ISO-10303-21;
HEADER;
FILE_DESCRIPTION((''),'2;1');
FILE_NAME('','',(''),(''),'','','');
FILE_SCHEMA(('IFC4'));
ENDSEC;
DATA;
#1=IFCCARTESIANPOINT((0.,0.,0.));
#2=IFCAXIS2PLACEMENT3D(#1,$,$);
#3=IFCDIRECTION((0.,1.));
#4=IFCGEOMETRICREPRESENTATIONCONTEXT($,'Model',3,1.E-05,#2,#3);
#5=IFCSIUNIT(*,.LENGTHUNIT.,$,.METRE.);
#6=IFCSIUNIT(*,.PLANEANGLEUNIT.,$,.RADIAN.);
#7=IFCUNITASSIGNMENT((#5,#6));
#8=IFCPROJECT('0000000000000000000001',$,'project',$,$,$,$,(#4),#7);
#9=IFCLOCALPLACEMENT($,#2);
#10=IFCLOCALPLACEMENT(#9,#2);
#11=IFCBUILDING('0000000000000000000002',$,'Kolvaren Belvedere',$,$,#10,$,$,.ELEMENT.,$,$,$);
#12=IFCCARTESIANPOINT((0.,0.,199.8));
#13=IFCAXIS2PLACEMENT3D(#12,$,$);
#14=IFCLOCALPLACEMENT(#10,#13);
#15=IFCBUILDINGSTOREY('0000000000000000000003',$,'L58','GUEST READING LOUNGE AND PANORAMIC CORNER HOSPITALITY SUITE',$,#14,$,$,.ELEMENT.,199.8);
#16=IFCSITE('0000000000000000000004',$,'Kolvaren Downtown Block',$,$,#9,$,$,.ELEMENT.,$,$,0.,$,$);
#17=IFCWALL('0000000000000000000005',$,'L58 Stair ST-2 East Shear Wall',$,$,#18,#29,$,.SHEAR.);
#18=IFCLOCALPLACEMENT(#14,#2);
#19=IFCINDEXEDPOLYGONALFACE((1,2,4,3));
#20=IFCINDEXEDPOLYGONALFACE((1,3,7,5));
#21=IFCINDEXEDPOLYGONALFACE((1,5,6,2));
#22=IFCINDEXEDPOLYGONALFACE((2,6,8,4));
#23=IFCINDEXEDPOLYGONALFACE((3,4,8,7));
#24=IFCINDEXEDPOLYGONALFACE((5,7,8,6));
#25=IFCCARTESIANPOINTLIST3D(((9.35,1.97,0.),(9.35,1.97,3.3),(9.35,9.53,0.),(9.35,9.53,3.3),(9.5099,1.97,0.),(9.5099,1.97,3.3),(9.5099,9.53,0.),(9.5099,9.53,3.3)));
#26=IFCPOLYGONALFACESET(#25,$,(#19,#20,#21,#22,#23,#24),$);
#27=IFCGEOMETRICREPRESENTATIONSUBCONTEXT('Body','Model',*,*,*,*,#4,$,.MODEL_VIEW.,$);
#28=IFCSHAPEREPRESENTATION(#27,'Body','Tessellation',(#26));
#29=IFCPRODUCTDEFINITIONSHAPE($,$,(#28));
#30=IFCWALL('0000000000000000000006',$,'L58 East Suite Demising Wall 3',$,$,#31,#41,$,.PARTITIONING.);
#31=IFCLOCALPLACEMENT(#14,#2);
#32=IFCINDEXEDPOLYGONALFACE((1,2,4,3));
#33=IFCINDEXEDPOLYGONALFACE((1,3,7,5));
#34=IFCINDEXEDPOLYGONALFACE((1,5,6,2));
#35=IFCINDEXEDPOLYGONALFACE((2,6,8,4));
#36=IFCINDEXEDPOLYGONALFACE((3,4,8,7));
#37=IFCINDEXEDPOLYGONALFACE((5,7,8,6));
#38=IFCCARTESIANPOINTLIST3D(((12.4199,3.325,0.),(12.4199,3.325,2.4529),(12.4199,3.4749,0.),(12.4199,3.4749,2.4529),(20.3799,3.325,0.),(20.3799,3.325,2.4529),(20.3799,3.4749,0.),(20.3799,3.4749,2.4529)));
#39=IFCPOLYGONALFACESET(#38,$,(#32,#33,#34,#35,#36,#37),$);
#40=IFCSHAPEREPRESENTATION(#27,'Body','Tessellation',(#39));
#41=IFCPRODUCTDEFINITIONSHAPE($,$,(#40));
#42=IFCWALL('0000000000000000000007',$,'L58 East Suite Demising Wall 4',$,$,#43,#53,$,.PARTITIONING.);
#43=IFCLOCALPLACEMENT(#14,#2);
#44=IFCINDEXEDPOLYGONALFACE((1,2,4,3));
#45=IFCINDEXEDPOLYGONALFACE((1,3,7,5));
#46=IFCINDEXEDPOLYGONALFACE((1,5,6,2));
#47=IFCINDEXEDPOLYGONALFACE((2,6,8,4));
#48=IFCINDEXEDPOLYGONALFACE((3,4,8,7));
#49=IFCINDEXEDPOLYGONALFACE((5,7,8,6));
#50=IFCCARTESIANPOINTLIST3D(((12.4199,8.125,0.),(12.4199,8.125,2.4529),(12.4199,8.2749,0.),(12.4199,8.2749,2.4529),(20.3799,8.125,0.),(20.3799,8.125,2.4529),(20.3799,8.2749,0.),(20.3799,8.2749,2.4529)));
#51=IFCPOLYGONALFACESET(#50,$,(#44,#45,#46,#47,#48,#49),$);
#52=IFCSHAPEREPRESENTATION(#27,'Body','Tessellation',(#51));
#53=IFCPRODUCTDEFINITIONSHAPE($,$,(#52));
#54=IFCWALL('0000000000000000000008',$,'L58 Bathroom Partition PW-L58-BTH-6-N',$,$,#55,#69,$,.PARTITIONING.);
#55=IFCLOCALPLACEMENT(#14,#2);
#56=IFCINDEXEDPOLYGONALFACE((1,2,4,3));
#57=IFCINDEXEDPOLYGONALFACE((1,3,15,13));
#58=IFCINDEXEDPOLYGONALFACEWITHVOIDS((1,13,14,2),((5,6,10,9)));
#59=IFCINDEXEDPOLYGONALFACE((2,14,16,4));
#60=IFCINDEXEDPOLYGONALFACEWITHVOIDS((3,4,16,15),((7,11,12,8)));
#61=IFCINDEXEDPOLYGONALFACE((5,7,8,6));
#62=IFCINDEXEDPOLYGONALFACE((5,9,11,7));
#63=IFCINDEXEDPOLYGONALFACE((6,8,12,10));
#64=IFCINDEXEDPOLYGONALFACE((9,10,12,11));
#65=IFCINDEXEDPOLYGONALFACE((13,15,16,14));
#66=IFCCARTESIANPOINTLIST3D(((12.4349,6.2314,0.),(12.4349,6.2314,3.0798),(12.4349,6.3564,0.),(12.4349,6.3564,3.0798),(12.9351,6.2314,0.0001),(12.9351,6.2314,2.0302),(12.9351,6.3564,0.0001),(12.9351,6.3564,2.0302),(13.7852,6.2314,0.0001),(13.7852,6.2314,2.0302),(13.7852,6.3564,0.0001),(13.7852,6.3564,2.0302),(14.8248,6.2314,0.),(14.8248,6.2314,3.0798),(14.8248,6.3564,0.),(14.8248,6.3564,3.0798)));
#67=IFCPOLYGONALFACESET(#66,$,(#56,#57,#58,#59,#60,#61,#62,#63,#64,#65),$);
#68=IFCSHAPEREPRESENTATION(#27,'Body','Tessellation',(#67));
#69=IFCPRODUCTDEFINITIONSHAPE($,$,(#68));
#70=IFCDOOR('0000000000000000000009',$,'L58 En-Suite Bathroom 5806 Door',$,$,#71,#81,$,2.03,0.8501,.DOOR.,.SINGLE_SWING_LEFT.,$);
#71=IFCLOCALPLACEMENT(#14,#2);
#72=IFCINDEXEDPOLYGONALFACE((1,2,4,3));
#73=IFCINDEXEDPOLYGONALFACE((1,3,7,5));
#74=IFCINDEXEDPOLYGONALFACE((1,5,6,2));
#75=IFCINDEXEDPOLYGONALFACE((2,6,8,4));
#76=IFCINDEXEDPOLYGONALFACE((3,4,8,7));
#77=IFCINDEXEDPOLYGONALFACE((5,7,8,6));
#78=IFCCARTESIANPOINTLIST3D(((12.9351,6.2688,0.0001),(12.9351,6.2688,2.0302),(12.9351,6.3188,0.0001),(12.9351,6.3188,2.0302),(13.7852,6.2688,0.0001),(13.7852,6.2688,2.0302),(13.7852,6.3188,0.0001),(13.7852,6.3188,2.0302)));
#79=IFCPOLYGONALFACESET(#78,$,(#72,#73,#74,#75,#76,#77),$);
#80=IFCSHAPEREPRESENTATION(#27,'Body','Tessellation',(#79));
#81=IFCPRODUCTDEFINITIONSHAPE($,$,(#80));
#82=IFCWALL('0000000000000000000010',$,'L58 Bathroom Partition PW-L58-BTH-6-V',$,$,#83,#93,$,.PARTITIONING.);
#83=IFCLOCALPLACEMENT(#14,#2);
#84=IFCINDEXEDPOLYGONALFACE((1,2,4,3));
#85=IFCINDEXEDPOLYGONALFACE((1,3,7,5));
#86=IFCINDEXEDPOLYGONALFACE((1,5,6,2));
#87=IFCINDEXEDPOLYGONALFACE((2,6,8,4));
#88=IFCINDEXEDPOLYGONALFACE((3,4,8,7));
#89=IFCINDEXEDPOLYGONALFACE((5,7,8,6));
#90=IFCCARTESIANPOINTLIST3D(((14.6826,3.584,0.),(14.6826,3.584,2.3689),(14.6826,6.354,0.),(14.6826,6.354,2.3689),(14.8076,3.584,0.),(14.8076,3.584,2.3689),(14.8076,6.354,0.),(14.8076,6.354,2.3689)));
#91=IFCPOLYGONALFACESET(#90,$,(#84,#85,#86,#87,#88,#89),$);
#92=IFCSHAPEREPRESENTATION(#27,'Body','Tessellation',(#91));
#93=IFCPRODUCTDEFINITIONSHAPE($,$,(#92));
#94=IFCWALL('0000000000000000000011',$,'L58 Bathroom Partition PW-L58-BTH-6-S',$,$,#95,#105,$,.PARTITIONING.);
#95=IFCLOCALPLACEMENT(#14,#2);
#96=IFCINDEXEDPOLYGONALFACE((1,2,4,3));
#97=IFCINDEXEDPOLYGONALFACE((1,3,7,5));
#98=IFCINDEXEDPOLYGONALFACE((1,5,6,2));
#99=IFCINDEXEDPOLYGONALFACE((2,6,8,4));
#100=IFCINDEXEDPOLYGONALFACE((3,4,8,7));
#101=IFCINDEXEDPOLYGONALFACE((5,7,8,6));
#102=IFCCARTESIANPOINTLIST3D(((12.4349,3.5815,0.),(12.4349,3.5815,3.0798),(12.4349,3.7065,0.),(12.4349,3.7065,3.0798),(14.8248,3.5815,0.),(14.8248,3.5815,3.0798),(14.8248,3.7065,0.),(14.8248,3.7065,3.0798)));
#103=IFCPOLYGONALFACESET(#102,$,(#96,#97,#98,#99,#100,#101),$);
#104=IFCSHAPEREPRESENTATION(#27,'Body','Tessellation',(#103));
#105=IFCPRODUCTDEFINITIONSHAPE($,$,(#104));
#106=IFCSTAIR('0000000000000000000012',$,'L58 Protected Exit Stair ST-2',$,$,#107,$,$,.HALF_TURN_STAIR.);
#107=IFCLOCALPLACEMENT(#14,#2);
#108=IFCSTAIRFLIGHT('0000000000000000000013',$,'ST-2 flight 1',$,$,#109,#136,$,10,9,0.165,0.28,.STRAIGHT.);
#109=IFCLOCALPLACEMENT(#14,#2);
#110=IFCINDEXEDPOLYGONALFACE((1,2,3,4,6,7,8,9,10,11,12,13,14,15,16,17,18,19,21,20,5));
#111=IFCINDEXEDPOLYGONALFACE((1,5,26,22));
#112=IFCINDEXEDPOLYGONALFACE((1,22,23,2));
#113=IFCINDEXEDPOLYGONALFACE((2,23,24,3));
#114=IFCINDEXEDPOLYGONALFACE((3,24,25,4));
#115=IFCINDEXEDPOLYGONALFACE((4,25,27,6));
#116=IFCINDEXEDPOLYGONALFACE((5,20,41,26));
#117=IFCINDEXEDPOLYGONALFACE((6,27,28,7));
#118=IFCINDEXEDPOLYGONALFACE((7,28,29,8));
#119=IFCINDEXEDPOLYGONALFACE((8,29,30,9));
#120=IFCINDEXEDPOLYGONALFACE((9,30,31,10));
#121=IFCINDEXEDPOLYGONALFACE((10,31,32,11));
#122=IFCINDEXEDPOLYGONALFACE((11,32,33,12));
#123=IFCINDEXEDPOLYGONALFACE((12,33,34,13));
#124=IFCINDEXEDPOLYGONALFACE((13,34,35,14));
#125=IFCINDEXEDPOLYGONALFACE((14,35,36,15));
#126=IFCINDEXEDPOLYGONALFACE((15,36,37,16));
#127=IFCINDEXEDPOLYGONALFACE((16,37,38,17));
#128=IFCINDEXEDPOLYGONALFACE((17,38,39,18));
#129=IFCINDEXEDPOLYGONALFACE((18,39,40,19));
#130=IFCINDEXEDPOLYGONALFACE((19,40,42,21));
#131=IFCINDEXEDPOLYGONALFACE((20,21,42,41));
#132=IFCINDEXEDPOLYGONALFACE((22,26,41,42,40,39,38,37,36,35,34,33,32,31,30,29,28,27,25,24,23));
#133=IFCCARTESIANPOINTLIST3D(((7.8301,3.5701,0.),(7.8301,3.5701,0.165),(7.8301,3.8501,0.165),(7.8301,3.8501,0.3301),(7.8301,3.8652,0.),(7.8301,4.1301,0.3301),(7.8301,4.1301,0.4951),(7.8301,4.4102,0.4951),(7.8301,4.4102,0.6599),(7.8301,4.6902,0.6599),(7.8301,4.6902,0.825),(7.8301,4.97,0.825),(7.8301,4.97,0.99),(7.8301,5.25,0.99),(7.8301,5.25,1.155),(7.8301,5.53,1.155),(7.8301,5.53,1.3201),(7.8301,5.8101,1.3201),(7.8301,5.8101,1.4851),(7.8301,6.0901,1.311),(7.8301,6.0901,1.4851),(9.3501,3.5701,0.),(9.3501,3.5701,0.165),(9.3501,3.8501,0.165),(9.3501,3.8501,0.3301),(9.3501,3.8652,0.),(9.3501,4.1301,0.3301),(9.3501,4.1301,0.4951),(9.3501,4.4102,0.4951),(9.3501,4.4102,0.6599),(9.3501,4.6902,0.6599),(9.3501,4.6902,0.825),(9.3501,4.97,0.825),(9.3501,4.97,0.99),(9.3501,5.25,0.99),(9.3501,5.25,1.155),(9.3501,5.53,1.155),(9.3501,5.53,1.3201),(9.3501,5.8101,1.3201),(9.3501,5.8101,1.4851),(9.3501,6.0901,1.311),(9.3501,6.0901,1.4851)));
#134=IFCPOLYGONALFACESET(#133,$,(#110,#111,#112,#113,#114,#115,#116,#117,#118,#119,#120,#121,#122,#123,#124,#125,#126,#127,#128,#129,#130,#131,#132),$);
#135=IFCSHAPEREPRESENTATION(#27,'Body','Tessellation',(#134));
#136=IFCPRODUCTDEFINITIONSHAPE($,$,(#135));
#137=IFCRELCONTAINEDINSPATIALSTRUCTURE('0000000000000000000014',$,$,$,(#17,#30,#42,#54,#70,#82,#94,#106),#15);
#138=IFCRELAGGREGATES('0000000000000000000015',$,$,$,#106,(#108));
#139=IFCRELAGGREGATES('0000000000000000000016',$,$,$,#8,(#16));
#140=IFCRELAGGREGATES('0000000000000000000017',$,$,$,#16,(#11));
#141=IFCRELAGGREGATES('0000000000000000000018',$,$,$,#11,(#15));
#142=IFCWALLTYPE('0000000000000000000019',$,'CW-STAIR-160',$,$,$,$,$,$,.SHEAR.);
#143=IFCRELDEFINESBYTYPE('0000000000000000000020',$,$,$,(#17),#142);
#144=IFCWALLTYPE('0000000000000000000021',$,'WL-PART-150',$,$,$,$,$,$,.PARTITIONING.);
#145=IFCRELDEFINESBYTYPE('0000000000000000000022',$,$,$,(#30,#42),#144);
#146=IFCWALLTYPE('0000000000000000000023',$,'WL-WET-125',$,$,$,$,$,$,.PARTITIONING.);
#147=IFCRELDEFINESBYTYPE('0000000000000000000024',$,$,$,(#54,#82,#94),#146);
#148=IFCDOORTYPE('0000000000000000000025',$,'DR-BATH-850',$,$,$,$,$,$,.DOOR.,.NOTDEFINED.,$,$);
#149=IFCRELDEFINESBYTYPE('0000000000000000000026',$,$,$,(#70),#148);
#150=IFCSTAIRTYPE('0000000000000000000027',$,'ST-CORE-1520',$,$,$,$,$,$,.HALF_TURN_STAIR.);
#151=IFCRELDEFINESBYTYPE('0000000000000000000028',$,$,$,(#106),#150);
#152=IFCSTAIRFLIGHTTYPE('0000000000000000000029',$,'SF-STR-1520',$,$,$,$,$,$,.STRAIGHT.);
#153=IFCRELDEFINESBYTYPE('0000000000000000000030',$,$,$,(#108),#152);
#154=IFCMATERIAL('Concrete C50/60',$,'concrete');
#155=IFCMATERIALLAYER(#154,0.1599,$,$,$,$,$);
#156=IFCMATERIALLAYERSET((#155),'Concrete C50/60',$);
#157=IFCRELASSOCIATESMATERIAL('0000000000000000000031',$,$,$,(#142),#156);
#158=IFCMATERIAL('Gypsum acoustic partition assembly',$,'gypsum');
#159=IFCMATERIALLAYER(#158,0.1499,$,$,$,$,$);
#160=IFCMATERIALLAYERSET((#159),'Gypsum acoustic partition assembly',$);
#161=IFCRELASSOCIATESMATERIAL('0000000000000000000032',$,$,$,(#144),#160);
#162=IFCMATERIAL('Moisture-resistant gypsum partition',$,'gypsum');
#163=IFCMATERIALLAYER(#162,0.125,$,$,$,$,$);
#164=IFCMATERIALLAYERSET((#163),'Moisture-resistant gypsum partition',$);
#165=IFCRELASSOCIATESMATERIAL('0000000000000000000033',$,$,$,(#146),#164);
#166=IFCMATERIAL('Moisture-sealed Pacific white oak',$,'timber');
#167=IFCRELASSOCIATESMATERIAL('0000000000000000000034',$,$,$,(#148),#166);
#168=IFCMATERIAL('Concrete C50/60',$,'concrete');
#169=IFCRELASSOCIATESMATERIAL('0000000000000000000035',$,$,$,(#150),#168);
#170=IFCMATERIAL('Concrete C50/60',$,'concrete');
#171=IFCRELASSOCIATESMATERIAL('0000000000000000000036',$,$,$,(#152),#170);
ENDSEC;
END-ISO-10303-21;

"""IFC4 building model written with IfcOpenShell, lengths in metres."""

from ifc_helpers import new_model, si_unit, direction, frame, frame_2d, origin, place, context, subcontext, project, spatial, polyline, rectangle, outline, extrude, material, layer, layer_set, type_object, element, fill, aggregate, save


model = new_model("IFC4")

# Units and contexts
model_context = context("Model", 3, precision=1e-05, world=origin(), true_north=direction((0.0, 1.0)))
body_context = subcontext(model_context, "Body", "Model", "MODEL_VIEW")
ifc_project = project(units=[si_unit("LENGTHUNIT", "METRE"), si_unit("PLANEANGLEUNIT", "RADIAN")], contexts=[model_context])

# Site, building, storey
site_placement = place(None, origin())
site = spatial("IfcSite", under=ifc_project, at=site_placement, Name="Kolvaren Downtown Block", CompositionType="ELEMENT", RefElevation=0.0)
building_placement = place(site_placement, origin())
building = spatial("IfcBuilding", under=site, at=building_placement, Name="Kolvaren Belvedere", CompositionType="ELEMENT")
storey_placement = place(building_placement, frame((0.0, 0.0, 199.8)))
storey = spatial("IfcBuildingStorey", under=building, at=storey_placement, Name="L58", Description="GUEST READING LOUNGE AND PANORAMIC CORNER HOSPITALITY SUITE", CompositionType="ELEMENT", Elevation=199.8)

# Walls
ifc_material_1 = material(Name="Concrete C50/60", Category="concrete")
ifc_layer_1 = layer(ifc_material_1, 0.1599)
ifc_layer_set_1 = layer_set([ifc_layer_1], Name="Concrete C50/60")
wall_type_1 = type_object("IfcWallType", Name="CW-STAIR-160", PredefinedType="SHEAR", material=ifc_layer_set_1)
wall_1_placement = place(storey_placement, frame((9.4299, 1.97, 0.0), z_axis=(0.0, 0.0, 1.0), x_axis=(0.0, 1.0, 0.0)))
element("IfcWall", 1, at=wall_1_placement, inside=storey, type_object=wall_type_1, Name="L58 Stair ST-2 East Shear Wall", PredefinedType="SHEAR", context=body_context, shape_type="SweptSolid", body=[
    extrude(rectangle(XDim=7.5601, YDim=0.1599, at=frame_2d((3.78, 0.0))), origin(), (0.0, 0.0, 1.0), 3.3),
])
ifc_material_2 = material(Name="Gypsum acoustic partition assembly", Category="gypsum")
ifc_layer_2 = layer(ifc_material_2, 0.1499)
ifc_layer_set_2 = layer_set([ifc_layer_2], Name="Gypsum acoustic partition assembly")
wall_type_2 = type_object("IfcWallType", Name="WL-PART-150", PredefinedType="PARTITIONING", material=ifc_layer_set_2)
for number, where, z_axis, x_axis, name in (
    (2, (12.4199, 3.3999, 0.0), (0.0, 0.0, 1.0), (1.0, 0.0, 0.0), "L58 East Suite Demising Wall 3"),
    (3, (12.4199, 8.2, 0.0), (0.0, 0.0, 1.0), (1.0, 0.0, 0.0), "L58 East Suite Demising Wall 4"),
):
    element("IfcWall", number, at=place(storey_placement, frame(where, z_axis=z_axis, x_axis=x_axis)), inside=storey, type_object=wall_type_2, Name=name, PredefinedType="PARTITIONING", context=body_context, shape_type="SweptSolid", body=[
        extrude(rectangle(XDim=7.96, YDim=0.1499, at=frame_2d((3.98, 0.0))), origin(), (0.0, 0.0, 1.0), 2.4529),
    ])

# Wall, opening, door
ifc_material_3 = material(Name="Moisture-resistant gypsum partition", Category="gypsum")
ifc_layer_3 = layer(ifc_material_3, 0.125)
ifc_layer_set_3 = layer_set([ifc_layer_3], Name="Moisture-resistant gypsum partition")
wall_type_3 = type_object("IfcWallType", Name="WL-WET-125", PredefinedType="PARTITIONING", material=ifc_layer_set_3)
wall_2_placement = place(storey_placement, frame((12.4351, 6.2939, 0.0), z_axis=(0.0, 0.0, 1.0), x_axis=(1.0, 0.0, 0.0)))
wall_2 = element("IfcWall", 4, at=wall_2_placement, inside=storey, type_object=wall_type_3, Name="L58 Bathroom Partition PW-L58-BTH-6-N", PredefinedType="PARTITIONING", context=body_context, shape_type="SweptSolid", body=[
    extrude(rectangle(XDim=2.3899, YDim=0.125, at=frame_2d((1.1948, 0.0))), origin(), (0.0, 0.0, 1.0), 3.0798),
])
opening_placement = place(wall_2_placement, frame((0.5, 0.0, 0.0)))
opening = element("IfcOpeningElement", 5, at=opening_placement, cuts=wall_2, PredefinedType="OPENING", context=body_context, shape_type="SweptSolid", body=[
    extrude(rectangle(XDim=0.8501, YDim=2.03, at=frame_2d((0.425, 1.0151))), frame((0.0, 0.0725, 0.0), z_axis=(0.0, -1.0, 0.0), x_axis=(1.0, 0.0, 0.0)), (0.0, 0.0, 1.0), 0.145),
])
ifc_material_4 = material(Name="Moisture-sealed Pacific white oak", Category="timber")
door_type = type_object("IfcDoorType", Name="DR-BATH-850", OperationType="NOTDEFINED", PredefinedType="DOOR", material=ifc_material_4)
door_placement = place(opening_placement, origin())
door = element("IfcDoor", 6, at=door_placement, inside=storey, type_object=door_type, Name="L58 En-Suite Bathroom 5806 Door", OperationType="SINGLE_SWING_LEFT", OverallHeight=2.03, OverallWidth=0.8501, PredefinedType="DOOR", context=body_context, shape_type="SweptSolid", body=[
    extrude(rectangle(XDim=0.8501, YDim=2.03, at=frame_2d((0.425, 1.0151))), frame((0.0, 0.0249, 0.0), z_axis=(0.0, -1.0, 0.0), x_axis=(1.0, 0.0, 0.0)), (0.0, 0.0, 1.0), 0.05),
])
fill(opening, door)

# Walls
wall_3_placement = place(storey_placement, frame((14.7451, 3.584, 0.0), z_axis=(0.0, 0.0, 1.0), x_axis=(0.0, 1.0, 0.0)))
element("IfcWall", 7, at=wall_3_placement, inside=storey, type_object=wall_type_3, Name="L58 Bathroom Partition PW-L58-BTH-6-V", PredefinedType="PARTITIONING", context=body_context, shape_type="SweptSolid", body=[
    extrude(rectangle(XDim=2.77, YDim=0.125, at=frame_2d((1.385, 0.0))), origin(), (0.0, 0.0, 1.0), 2.3689),
])
wall_4_placement = place(storey_placement, frame((12.4351, 3.644, 0.0), z_axis=(0.0, 0.0, 1.0), x_axis=(1.0, 0.0, 0.0)))
element("IfcWall", 8, at=wall_4_placement, inside=storey, type_object=wall_type_3, Name="L58 Bathroom Partition PW-L58-BTH-6-S", PredefinedType="PARTITIONING", context=body_context, shape_type="SweptSolid", body=[
    extrude(rectangle(XDim=2.3899, YDim=0.125, at=frame_2d((1.1948, 0.0))), origin(), (0.0, 0.0, 1.0), 3.0798),
])

# Stair, stair flight
ifc_material_5 = material(Name="Concrete C50/60", Category="concrete")
stair_type = type_object("IfcStairType", Name="ST-CORE-1520", PredefinedType="HALF_TURN_STAIR", material=ifc_material_5)
stair_placement = place(storey_placement, origin())
stair = element("IfcStair", 9, at=stair_placement, inside=storey, type_object=stair_type, Name="L58 Protected Exit Stair ST-2", PredefinedType="HALF_TURN_STAIR")
ifc_material_6 = material(Name="Concrete C50/60", Category="concrete")
stair_flight_type = type_object("IfcStairFlightType", Name="SF-STR-1520", PredefinedType="STRAIGHT", material=ifc_material_6)
stair_flight_placement = place(storey_placement, frame((8.5901, 3.5701, 0.0), z_axis=(0.0, 0.0, 1.0), x_axis=(0.0, 1.0, 0.0)))
stair_flight = element("IfcStairFlight", 10, at=stair_flight_placement, type_object=stair_flight_type, Name="ST-2 flight 1", NumberOfRisers=10, NumberOfTreads=9, PredefinedType="STRAIGHT", RiserHeight=0.165, TreadLength=0.28, context=body_context, shape_type="SweptSolid", body=[
    extrude(outline(polyline([(0.0, 0.0), (0.0, 0.165), (0.28, 0.165), (0.28, 0.3301), (0.5601, 0.3301), (0.5601, 0.4951), (0.8401, 0.4951), (0.8401, 0.6599), (1.1201, 0.6599), (1.1201, 0.825), (1.3999, 0.825), (1.3999, 0.99), (1.6799, 0.99), (1.6799, 1.155), (1.96, 1.155), (1.96, 1.3201), (2.24, 1.3201), (2.24, 1.4851), (2.52, 1.4851), (2.52, 1.6499), (2.52, 1.311), (0.2952, 0.0), (0.0, 0.0)])), frame((0.0, 0.76, 0.0), z_axis=(0.0, -1.0, 0.0), x_axis=(1.0, 0.0, 0.0)), (0.0, 0.0, 1.0), 1.52),
])
aggregate(stair, [stair_flight])

save(model, "model.ifc")
